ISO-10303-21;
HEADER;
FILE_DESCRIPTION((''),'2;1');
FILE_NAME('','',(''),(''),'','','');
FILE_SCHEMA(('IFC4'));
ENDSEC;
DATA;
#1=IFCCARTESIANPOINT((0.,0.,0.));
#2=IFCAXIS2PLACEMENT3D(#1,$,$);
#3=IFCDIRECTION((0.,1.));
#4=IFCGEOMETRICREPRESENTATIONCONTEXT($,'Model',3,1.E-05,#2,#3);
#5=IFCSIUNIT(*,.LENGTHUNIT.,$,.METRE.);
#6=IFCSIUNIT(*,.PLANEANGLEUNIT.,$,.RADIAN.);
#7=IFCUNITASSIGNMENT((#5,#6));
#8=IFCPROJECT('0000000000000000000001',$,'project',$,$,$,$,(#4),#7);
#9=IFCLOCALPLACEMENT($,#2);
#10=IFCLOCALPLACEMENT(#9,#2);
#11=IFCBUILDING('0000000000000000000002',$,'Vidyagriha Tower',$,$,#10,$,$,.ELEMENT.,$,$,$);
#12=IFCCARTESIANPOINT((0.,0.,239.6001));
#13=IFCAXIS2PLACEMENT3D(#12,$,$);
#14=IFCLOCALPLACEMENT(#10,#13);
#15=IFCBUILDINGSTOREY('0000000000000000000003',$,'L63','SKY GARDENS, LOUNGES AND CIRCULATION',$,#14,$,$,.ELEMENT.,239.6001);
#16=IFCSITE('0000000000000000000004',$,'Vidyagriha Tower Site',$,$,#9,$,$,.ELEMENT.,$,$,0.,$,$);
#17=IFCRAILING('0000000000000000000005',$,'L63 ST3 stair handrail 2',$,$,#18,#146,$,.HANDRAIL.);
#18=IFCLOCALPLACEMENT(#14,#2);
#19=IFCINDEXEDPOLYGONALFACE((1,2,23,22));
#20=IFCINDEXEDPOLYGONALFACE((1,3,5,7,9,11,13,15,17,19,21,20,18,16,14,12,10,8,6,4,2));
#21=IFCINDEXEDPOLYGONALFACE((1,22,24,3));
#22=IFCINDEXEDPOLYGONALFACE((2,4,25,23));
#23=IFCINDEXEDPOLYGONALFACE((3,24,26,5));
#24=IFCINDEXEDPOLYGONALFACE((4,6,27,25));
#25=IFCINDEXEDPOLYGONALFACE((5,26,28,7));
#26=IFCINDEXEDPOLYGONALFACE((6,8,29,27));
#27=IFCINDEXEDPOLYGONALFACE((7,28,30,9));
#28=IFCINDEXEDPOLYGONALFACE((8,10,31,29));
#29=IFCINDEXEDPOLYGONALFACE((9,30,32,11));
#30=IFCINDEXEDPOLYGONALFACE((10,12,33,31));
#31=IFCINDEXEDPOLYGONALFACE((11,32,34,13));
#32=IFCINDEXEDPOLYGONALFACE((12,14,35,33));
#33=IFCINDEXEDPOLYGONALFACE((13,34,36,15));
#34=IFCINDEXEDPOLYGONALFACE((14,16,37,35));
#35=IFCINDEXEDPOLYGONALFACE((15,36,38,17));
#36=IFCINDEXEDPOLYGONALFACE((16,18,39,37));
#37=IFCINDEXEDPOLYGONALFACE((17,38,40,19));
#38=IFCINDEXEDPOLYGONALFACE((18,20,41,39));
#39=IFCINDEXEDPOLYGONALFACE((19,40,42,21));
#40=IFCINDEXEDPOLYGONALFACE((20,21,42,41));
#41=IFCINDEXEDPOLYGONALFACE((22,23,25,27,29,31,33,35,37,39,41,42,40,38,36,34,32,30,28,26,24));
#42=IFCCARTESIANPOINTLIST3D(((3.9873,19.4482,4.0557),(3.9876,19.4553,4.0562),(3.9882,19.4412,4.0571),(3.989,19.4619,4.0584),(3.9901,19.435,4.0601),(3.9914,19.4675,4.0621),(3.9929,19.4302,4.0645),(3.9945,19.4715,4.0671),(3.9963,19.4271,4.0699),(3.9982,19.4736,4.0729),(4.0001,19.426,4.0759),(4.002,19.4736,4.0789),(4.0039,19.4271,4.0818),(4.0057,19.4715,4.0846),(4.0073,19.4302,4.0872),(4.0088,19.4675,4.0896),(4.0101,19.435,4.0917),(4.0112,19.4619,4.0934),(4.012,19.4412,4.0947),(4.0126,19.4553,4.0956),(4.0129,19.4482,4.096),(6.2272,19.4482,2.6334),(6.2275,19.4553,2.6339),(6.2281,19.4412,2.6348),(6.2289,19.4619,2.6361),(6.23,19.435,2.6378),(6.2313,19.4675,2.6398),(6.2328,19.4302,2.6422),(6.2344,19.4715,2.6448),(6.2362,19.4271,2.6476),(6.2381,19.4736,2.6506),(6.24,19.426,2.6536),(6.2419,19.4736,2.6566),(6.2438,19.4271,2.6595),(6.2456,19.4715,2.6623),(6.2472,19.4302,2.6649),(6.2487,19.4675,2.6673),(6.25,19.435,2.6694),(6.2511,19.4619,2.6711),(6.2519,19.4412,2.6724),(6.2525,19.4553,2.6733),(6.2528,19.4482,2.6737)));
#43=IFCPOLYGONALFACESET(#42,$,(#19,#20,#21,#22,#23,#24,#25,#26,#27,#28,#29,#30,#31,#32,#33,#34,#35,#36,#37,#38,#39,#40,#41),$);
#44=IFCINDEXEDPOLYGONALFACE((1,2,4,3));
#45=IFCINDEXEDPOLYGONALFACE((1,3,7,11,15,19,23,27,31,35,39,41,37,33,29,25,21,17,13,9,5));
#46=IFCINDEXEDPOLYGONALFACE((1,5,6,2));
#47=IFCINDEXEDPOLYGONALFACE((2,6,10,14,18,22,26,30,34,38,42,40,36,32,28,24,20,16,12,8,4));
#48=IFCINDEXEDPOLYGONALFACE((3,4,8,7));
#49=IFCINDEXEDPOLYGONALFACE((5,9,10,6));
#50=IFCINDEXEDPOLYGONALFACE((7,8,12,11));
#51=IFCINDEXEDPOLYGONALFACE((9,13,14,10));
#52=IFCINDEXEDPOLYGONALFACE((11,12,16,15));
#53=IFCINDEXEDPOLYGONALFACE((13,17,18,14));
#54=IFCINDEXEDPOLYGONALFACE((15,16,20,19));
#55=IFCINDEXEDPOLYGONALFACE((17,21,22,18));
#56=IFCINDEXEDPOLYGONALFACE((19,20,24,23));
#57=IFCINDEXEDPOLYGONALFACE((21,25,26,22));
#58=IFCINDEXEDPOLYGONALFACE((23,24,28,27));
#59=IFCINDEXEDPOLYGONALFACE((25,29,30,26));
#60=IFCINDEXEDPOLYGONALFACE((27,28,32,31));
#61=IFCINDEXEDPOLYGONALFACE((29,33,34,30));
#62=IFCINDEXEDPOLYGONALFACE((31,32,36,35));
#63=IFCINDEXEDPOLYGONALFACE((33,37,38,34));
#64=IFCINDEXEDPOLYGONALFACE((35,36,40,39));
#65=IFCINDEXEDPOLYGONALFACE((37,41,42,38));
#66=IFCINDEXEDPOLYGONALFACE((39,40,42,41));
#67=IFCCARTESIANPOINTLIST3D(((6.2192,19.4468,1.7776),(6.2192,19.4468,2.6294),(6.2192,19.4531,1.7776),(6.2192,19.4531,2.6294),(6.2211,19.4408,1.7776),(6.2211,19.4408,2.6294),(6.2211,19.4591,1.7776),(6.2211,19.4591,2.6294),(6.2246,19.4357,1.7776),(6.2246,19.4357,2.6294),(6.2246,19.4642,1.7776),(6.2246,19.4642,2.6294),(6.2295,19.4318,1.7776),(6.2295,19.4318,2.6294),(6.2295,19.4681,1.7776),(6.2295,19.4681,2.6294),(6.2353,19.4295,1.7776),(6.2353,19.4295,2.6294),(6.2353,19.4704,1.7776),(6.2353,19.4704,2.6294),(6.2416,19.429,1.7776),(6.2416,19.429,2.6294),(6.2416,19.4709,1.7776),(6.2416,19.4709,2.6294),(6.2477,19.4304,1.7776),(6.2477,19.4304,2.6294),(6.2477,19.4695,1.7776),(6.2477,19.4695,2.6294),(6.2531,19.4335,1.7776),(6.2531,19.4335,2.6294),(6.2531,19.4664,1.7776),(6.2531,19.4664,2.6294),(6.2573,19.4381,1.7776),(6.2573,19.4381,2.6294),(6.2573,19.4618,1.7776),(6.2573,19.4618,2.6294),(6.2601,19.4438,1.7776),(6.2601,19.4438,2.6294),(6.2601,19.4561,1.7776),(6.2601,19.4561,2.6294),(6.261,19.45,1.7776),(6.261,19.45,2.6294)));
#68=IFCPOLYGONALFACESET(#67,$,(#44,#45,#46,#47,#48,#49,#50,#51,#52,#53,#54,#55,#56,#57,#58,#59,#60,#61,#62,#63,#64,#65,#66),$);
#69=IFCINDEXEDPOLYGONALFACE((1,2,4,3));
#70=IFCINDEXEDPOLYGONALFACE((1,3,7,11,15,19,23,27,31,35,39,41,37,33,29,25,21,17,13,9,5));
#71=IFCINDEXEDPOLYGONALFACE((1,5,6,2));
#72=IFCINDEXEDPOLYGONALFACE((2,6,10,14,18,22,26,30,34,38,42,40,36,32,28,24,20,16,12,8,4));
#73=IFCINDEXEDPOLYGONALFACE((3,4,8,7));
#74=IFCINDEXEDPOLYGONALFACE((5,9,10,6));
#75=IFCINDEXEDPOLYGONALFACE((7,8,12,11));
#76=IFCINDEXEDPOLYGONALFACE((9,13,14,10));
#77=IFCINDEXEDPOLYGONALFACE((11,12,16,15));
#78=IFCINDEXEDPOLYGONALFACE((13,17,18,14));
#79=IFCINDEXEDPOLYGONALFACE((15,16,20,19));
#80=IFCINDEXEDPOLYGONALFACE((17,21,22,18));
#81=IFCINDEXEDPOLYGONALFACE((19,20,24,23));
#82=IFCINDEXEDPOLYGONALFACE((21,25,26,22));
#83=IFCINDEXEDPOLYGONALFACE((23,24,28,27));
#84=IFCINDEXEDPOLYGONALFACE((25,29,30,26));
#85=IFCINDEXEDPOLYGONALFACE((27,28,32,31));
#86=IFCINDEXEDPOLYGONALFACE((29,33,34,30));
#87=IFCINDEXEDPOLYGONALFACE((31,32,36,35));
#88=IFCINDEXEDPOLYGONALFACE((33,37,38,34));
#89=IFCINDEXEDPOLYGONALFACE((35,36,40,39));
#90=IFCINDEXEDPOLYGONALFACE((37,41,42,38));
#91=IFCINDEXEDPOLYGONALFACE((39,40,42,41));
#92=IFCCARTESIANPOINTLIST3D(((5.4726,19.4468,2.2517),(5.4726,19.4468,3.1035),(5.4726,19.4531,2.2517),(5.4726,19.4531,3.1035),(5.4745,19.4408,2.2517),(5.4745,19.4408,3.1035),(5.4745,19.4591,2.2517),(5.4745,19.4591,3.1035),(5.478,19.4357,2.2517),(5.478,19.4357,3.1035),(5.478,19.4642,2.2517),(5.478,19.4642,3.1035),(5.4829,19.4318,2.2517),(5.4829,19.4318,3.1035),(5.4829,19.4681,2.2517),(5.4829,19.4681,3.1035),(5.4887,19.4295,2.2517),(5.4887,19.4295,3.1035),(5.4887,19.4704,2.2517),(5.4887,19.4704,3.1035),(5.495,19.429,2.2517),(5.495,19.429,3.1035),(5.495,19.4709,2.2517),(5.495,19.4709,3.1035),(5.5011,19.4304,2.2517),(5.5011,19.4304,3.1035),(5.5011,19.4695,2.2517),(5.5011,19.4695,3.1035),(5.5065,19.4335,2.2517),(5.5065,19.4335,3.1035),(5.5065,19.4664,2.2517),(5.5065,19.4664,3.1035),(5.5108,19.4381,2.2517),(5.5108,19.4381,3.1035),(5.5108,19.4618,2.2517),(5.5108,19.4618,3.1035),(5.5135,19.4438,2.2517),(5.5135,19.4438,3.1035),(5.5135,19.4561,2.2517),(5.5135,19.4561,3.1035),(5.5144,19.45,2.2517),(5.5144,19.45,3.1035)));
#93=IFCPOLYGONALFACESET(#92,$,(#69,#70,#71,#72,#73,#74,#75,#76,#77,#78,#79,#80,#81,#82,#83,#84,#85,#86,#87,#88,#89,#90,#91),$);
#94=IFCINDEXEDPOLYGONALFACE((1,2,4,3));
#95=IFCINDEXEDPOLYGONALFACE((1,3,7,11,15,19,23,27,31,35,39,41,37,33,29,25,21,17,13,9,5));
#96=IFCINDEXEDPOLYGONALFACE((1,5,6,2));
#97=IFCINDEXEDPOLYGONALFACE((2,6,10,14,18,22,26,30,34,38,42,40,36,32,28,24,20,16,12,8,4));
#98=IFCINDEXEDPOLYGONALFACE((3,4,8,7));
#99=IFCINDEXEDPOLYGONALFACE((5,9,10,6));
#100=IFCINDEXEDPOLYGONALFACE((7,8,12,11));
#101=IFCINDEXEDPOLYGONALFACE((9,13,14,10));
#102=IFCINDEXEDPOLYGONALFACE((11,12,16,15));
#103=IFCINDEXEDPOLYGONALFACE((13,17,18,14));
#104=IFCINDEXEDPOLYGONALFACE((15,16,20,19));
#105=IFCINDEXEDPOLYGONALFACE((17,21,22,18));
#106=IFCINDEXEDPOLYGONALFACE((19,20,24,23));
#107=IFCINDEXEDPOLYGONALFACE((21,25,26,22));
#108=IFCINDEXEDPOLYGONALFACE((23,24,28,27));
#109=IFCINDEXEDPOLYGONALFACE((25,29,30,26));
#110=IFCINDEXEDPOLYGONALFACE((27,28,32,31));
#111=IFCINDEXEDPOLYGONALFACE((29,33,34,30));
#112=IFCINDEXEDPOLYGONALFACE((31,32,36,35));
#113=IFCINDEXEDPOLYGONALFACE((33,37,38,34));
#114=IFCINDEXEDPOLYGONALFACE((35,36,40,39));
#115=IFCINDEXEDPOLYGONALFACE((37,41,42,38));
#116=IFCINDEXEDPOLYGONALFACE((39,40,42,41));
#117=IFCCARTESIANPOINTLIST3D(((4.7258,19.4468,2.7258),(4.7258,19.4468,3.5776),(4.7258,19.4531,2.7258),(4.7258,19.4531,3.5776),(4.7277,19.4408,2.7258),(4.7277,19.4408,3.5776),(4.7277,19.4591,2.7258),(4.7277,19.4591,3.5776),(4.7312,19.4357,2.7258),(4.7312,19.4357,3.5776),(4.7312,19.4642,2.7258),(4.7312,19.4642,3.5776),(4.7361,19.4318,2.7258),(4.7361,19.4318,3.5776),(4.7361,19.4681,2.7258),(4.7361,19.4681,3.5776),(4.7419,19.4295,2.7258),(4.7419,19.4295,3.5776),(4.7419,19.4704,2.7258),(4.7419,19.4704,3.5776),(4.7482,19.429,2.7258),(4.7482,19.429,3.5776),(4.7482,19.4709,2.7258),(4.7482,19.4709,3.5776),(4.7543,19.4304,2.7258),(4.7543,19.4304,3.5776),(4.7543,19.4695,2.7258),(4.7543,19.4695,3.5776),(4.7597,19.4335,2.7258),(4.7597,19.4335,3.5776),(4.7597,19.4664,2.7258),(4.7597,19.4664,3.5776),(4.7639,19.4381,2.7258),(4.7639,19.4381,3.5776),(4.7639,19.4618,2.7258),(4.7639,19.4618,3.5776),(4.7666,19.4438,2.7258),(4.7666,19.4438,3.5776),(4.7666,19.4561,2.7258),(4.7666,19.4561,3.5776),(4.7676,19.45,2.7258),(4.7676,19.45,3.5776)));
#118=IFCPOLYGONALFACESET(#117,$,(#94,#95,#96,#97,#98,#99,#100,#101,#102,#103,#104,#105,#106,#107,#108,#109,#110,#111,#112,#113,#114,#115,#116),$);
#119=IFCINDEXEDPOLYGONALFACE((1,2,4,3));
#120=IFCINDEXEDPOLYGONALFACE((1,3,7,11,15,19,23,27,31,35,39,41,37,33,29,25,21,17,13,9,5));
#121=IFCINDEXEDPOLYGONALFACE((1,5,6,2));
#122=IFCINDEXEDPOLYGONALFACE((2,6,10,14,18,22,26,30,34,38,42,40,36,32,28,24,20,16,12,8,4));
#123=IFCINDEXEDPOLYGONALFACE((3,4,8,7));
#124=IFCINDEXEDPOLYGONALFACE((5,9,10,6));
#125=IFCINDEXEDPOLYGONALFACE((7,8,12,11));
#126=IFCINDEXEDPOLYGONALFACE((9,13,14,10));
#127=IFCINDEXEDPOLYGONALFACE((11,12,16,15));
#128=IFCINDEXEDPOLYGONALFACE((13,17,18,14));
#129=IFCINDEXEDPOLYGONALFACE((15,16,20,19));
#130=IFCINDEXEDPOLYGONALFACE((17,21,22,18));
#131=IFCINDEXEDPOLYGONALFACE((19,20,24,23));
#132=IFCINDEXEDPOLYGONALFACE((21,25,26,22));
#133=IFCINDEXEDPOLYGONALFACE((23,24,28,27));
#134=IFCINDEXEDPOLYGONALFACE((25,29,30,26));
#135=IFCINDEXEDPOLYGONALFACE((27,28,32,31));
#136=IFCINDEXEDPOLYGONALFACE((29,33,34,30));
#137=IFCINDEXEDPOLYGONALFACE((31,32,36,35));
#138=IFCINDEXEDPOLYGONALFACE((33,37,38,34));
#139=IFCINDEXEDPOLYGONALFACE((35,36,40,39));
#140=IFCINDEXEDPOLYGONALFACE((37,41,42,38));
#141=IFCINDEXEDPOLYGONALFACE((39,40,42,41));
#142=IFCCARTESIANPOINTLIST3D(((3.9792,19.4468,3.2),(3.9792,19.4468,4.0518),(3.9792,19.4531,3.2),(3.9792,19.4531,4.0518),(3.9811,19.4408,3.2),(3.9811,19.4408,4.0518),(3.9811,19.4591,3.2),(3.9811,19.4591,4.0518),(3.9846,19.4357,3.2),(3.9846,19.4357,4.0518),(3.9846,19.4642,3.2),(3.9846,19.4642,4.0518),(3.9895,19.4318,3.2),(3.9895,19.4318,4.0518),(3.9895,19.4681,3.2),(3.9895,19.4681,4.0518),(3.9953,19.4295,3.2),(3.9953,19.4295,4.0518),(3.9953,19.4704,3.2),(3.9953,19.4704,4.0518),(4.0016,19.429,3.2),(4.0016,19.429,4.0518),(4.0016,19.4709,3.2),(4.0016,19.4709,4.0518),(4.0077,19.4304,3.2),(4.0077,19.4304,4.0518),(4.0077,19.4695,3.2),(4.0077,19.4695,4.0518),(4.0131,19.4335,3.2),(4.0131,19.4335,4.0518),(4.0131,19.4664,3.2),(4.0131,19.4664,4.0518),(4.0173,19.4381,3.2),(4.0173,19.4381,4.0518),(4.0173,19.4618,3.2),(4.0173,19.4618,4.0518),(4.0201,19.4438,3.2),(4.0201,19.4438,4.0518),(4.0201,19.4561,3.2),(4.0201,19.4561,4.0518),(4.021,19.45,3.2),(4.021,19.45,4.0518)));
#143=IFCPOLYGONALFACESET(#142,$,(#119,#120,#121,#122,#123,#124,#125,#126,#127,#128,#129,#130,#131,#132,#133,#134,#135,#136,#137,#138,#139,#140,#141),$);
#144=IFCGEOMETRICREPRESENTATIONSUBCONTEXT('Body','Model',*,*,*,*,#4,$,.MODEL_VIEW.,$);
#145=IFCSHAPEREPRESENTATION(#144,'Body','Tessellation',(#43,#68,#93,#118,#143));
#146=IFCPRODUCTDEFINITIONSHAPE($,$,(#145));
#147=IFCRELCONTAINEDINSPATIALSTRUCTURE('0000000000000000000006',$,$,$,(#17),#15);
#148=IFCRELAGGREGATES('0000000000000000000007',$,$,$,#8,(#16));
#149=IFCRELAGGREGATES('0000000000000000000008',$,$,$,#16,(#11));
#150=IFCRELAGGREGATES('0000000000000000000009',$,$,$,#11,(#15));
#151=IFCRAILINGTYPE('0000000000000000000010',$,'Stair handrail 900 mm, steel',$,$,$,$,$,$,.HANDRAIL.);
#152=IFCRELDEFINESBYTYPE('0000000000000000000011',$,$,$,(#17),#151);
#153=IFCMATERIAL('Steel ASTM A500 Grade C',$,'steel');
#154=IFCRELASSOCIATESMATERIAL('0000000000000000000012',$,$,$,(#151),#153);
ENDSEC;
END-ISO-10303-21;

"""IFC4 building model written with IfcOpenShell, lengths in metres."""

from ifc_helpers import new_model, si_unit, direction, frame, origin, origin_2d, place, context, subcontext, project, spatial, circle, extrude, material, type_object, element, save


model = new_model("IFC4")

# Units and contexts
model_context = context("Model", 3, precision=1e-05, world=origin(), true_north=direction((0.0, 1.0)))
body_context = subcontext(model_context, "Body", "Model", "MODEL_VIEW")
ifc_project = project(units=[si_unit("LENGTHUNIT", "METRE"), si_unit("PLANEANGLEUNIT", "RADIAN")], contexts=[model_context])

# Site, building, storey
site_placement = place(None, origin())
site = spatial("IfcSite", under=ifc_project, at=site_placement, Name="Vidyagriha Tower Site", CompositionType="ELEMENT", RefElevation=0.0)
building_placement = place(site_placement, origin())
building = spatial("IfcBuilding", under=site, at=building_placement, Name="Vidyagriha Tower", CompositionType="ELEMENT")
storey_placement = place(building_placement, frame((0.0, 0.0, 239.6001)))
storey = spatial("IfcBuildingStorey", under=building, at=storey_placement, Name="L63", Description="SKY GARDENS, LOUNGES AND CIRCULATION", CompositionType="ELEMENT", Elevation=239.6001)

# Railing
ifc_material_1 = material(Name="Steel ASTM A500 Grade C", Category="steel")
railing_type_1 = type_object("IfcRailingType", Name="Stair handrail 900 mm, steel", PredefinedType="HANDRAIL", material=ifc_material_1)
railing_1_placement = place(storey_placement, frame((6.24, 19.45, 1.7776)))
element("IfcRailing", 1, at=railing_1_placement, inside=storey, type_object=railing_type_1, Name="L63 ST3 stair handrail 2", PredefinedType="HANDRAIL", context=body_context, shape_type="SweptSolid", body=[
    extrude(circle(Radius=0.0239, at=origin_2d()), frame((0.0, 0.0, 0.876), z_axis=(-0.844188, 0.0, 0.536048), x_axis=(0.0, -1.0, 0.0)), (0.0, 0.0, 1.0), 2.6533),
    extrude(circle(Radius=0.021, at=origin_2d()), origin(), (0.0, 0.0, 1.0), 0.8518),
    extrude(circle(Radius=0.021, at=origin_2d()), frame((-0.7466, 0.0, 0.4741)), (0.0, 0.0, 1.0), 0.8518),
    extrude(circle(Radius=0.021, at=origin_2d()), frame((-1.4934, 0.0, 0.9482)), (0.0, 0.0, 1.0), 0.8518),
    extrude(circle(Radius=0.021, at=origin_2d()), frame((-2.24, 0.0, 1.4224)), (0.0, 0.0, 1.0), 0.8518),
])

save(model, "model.ifc")
